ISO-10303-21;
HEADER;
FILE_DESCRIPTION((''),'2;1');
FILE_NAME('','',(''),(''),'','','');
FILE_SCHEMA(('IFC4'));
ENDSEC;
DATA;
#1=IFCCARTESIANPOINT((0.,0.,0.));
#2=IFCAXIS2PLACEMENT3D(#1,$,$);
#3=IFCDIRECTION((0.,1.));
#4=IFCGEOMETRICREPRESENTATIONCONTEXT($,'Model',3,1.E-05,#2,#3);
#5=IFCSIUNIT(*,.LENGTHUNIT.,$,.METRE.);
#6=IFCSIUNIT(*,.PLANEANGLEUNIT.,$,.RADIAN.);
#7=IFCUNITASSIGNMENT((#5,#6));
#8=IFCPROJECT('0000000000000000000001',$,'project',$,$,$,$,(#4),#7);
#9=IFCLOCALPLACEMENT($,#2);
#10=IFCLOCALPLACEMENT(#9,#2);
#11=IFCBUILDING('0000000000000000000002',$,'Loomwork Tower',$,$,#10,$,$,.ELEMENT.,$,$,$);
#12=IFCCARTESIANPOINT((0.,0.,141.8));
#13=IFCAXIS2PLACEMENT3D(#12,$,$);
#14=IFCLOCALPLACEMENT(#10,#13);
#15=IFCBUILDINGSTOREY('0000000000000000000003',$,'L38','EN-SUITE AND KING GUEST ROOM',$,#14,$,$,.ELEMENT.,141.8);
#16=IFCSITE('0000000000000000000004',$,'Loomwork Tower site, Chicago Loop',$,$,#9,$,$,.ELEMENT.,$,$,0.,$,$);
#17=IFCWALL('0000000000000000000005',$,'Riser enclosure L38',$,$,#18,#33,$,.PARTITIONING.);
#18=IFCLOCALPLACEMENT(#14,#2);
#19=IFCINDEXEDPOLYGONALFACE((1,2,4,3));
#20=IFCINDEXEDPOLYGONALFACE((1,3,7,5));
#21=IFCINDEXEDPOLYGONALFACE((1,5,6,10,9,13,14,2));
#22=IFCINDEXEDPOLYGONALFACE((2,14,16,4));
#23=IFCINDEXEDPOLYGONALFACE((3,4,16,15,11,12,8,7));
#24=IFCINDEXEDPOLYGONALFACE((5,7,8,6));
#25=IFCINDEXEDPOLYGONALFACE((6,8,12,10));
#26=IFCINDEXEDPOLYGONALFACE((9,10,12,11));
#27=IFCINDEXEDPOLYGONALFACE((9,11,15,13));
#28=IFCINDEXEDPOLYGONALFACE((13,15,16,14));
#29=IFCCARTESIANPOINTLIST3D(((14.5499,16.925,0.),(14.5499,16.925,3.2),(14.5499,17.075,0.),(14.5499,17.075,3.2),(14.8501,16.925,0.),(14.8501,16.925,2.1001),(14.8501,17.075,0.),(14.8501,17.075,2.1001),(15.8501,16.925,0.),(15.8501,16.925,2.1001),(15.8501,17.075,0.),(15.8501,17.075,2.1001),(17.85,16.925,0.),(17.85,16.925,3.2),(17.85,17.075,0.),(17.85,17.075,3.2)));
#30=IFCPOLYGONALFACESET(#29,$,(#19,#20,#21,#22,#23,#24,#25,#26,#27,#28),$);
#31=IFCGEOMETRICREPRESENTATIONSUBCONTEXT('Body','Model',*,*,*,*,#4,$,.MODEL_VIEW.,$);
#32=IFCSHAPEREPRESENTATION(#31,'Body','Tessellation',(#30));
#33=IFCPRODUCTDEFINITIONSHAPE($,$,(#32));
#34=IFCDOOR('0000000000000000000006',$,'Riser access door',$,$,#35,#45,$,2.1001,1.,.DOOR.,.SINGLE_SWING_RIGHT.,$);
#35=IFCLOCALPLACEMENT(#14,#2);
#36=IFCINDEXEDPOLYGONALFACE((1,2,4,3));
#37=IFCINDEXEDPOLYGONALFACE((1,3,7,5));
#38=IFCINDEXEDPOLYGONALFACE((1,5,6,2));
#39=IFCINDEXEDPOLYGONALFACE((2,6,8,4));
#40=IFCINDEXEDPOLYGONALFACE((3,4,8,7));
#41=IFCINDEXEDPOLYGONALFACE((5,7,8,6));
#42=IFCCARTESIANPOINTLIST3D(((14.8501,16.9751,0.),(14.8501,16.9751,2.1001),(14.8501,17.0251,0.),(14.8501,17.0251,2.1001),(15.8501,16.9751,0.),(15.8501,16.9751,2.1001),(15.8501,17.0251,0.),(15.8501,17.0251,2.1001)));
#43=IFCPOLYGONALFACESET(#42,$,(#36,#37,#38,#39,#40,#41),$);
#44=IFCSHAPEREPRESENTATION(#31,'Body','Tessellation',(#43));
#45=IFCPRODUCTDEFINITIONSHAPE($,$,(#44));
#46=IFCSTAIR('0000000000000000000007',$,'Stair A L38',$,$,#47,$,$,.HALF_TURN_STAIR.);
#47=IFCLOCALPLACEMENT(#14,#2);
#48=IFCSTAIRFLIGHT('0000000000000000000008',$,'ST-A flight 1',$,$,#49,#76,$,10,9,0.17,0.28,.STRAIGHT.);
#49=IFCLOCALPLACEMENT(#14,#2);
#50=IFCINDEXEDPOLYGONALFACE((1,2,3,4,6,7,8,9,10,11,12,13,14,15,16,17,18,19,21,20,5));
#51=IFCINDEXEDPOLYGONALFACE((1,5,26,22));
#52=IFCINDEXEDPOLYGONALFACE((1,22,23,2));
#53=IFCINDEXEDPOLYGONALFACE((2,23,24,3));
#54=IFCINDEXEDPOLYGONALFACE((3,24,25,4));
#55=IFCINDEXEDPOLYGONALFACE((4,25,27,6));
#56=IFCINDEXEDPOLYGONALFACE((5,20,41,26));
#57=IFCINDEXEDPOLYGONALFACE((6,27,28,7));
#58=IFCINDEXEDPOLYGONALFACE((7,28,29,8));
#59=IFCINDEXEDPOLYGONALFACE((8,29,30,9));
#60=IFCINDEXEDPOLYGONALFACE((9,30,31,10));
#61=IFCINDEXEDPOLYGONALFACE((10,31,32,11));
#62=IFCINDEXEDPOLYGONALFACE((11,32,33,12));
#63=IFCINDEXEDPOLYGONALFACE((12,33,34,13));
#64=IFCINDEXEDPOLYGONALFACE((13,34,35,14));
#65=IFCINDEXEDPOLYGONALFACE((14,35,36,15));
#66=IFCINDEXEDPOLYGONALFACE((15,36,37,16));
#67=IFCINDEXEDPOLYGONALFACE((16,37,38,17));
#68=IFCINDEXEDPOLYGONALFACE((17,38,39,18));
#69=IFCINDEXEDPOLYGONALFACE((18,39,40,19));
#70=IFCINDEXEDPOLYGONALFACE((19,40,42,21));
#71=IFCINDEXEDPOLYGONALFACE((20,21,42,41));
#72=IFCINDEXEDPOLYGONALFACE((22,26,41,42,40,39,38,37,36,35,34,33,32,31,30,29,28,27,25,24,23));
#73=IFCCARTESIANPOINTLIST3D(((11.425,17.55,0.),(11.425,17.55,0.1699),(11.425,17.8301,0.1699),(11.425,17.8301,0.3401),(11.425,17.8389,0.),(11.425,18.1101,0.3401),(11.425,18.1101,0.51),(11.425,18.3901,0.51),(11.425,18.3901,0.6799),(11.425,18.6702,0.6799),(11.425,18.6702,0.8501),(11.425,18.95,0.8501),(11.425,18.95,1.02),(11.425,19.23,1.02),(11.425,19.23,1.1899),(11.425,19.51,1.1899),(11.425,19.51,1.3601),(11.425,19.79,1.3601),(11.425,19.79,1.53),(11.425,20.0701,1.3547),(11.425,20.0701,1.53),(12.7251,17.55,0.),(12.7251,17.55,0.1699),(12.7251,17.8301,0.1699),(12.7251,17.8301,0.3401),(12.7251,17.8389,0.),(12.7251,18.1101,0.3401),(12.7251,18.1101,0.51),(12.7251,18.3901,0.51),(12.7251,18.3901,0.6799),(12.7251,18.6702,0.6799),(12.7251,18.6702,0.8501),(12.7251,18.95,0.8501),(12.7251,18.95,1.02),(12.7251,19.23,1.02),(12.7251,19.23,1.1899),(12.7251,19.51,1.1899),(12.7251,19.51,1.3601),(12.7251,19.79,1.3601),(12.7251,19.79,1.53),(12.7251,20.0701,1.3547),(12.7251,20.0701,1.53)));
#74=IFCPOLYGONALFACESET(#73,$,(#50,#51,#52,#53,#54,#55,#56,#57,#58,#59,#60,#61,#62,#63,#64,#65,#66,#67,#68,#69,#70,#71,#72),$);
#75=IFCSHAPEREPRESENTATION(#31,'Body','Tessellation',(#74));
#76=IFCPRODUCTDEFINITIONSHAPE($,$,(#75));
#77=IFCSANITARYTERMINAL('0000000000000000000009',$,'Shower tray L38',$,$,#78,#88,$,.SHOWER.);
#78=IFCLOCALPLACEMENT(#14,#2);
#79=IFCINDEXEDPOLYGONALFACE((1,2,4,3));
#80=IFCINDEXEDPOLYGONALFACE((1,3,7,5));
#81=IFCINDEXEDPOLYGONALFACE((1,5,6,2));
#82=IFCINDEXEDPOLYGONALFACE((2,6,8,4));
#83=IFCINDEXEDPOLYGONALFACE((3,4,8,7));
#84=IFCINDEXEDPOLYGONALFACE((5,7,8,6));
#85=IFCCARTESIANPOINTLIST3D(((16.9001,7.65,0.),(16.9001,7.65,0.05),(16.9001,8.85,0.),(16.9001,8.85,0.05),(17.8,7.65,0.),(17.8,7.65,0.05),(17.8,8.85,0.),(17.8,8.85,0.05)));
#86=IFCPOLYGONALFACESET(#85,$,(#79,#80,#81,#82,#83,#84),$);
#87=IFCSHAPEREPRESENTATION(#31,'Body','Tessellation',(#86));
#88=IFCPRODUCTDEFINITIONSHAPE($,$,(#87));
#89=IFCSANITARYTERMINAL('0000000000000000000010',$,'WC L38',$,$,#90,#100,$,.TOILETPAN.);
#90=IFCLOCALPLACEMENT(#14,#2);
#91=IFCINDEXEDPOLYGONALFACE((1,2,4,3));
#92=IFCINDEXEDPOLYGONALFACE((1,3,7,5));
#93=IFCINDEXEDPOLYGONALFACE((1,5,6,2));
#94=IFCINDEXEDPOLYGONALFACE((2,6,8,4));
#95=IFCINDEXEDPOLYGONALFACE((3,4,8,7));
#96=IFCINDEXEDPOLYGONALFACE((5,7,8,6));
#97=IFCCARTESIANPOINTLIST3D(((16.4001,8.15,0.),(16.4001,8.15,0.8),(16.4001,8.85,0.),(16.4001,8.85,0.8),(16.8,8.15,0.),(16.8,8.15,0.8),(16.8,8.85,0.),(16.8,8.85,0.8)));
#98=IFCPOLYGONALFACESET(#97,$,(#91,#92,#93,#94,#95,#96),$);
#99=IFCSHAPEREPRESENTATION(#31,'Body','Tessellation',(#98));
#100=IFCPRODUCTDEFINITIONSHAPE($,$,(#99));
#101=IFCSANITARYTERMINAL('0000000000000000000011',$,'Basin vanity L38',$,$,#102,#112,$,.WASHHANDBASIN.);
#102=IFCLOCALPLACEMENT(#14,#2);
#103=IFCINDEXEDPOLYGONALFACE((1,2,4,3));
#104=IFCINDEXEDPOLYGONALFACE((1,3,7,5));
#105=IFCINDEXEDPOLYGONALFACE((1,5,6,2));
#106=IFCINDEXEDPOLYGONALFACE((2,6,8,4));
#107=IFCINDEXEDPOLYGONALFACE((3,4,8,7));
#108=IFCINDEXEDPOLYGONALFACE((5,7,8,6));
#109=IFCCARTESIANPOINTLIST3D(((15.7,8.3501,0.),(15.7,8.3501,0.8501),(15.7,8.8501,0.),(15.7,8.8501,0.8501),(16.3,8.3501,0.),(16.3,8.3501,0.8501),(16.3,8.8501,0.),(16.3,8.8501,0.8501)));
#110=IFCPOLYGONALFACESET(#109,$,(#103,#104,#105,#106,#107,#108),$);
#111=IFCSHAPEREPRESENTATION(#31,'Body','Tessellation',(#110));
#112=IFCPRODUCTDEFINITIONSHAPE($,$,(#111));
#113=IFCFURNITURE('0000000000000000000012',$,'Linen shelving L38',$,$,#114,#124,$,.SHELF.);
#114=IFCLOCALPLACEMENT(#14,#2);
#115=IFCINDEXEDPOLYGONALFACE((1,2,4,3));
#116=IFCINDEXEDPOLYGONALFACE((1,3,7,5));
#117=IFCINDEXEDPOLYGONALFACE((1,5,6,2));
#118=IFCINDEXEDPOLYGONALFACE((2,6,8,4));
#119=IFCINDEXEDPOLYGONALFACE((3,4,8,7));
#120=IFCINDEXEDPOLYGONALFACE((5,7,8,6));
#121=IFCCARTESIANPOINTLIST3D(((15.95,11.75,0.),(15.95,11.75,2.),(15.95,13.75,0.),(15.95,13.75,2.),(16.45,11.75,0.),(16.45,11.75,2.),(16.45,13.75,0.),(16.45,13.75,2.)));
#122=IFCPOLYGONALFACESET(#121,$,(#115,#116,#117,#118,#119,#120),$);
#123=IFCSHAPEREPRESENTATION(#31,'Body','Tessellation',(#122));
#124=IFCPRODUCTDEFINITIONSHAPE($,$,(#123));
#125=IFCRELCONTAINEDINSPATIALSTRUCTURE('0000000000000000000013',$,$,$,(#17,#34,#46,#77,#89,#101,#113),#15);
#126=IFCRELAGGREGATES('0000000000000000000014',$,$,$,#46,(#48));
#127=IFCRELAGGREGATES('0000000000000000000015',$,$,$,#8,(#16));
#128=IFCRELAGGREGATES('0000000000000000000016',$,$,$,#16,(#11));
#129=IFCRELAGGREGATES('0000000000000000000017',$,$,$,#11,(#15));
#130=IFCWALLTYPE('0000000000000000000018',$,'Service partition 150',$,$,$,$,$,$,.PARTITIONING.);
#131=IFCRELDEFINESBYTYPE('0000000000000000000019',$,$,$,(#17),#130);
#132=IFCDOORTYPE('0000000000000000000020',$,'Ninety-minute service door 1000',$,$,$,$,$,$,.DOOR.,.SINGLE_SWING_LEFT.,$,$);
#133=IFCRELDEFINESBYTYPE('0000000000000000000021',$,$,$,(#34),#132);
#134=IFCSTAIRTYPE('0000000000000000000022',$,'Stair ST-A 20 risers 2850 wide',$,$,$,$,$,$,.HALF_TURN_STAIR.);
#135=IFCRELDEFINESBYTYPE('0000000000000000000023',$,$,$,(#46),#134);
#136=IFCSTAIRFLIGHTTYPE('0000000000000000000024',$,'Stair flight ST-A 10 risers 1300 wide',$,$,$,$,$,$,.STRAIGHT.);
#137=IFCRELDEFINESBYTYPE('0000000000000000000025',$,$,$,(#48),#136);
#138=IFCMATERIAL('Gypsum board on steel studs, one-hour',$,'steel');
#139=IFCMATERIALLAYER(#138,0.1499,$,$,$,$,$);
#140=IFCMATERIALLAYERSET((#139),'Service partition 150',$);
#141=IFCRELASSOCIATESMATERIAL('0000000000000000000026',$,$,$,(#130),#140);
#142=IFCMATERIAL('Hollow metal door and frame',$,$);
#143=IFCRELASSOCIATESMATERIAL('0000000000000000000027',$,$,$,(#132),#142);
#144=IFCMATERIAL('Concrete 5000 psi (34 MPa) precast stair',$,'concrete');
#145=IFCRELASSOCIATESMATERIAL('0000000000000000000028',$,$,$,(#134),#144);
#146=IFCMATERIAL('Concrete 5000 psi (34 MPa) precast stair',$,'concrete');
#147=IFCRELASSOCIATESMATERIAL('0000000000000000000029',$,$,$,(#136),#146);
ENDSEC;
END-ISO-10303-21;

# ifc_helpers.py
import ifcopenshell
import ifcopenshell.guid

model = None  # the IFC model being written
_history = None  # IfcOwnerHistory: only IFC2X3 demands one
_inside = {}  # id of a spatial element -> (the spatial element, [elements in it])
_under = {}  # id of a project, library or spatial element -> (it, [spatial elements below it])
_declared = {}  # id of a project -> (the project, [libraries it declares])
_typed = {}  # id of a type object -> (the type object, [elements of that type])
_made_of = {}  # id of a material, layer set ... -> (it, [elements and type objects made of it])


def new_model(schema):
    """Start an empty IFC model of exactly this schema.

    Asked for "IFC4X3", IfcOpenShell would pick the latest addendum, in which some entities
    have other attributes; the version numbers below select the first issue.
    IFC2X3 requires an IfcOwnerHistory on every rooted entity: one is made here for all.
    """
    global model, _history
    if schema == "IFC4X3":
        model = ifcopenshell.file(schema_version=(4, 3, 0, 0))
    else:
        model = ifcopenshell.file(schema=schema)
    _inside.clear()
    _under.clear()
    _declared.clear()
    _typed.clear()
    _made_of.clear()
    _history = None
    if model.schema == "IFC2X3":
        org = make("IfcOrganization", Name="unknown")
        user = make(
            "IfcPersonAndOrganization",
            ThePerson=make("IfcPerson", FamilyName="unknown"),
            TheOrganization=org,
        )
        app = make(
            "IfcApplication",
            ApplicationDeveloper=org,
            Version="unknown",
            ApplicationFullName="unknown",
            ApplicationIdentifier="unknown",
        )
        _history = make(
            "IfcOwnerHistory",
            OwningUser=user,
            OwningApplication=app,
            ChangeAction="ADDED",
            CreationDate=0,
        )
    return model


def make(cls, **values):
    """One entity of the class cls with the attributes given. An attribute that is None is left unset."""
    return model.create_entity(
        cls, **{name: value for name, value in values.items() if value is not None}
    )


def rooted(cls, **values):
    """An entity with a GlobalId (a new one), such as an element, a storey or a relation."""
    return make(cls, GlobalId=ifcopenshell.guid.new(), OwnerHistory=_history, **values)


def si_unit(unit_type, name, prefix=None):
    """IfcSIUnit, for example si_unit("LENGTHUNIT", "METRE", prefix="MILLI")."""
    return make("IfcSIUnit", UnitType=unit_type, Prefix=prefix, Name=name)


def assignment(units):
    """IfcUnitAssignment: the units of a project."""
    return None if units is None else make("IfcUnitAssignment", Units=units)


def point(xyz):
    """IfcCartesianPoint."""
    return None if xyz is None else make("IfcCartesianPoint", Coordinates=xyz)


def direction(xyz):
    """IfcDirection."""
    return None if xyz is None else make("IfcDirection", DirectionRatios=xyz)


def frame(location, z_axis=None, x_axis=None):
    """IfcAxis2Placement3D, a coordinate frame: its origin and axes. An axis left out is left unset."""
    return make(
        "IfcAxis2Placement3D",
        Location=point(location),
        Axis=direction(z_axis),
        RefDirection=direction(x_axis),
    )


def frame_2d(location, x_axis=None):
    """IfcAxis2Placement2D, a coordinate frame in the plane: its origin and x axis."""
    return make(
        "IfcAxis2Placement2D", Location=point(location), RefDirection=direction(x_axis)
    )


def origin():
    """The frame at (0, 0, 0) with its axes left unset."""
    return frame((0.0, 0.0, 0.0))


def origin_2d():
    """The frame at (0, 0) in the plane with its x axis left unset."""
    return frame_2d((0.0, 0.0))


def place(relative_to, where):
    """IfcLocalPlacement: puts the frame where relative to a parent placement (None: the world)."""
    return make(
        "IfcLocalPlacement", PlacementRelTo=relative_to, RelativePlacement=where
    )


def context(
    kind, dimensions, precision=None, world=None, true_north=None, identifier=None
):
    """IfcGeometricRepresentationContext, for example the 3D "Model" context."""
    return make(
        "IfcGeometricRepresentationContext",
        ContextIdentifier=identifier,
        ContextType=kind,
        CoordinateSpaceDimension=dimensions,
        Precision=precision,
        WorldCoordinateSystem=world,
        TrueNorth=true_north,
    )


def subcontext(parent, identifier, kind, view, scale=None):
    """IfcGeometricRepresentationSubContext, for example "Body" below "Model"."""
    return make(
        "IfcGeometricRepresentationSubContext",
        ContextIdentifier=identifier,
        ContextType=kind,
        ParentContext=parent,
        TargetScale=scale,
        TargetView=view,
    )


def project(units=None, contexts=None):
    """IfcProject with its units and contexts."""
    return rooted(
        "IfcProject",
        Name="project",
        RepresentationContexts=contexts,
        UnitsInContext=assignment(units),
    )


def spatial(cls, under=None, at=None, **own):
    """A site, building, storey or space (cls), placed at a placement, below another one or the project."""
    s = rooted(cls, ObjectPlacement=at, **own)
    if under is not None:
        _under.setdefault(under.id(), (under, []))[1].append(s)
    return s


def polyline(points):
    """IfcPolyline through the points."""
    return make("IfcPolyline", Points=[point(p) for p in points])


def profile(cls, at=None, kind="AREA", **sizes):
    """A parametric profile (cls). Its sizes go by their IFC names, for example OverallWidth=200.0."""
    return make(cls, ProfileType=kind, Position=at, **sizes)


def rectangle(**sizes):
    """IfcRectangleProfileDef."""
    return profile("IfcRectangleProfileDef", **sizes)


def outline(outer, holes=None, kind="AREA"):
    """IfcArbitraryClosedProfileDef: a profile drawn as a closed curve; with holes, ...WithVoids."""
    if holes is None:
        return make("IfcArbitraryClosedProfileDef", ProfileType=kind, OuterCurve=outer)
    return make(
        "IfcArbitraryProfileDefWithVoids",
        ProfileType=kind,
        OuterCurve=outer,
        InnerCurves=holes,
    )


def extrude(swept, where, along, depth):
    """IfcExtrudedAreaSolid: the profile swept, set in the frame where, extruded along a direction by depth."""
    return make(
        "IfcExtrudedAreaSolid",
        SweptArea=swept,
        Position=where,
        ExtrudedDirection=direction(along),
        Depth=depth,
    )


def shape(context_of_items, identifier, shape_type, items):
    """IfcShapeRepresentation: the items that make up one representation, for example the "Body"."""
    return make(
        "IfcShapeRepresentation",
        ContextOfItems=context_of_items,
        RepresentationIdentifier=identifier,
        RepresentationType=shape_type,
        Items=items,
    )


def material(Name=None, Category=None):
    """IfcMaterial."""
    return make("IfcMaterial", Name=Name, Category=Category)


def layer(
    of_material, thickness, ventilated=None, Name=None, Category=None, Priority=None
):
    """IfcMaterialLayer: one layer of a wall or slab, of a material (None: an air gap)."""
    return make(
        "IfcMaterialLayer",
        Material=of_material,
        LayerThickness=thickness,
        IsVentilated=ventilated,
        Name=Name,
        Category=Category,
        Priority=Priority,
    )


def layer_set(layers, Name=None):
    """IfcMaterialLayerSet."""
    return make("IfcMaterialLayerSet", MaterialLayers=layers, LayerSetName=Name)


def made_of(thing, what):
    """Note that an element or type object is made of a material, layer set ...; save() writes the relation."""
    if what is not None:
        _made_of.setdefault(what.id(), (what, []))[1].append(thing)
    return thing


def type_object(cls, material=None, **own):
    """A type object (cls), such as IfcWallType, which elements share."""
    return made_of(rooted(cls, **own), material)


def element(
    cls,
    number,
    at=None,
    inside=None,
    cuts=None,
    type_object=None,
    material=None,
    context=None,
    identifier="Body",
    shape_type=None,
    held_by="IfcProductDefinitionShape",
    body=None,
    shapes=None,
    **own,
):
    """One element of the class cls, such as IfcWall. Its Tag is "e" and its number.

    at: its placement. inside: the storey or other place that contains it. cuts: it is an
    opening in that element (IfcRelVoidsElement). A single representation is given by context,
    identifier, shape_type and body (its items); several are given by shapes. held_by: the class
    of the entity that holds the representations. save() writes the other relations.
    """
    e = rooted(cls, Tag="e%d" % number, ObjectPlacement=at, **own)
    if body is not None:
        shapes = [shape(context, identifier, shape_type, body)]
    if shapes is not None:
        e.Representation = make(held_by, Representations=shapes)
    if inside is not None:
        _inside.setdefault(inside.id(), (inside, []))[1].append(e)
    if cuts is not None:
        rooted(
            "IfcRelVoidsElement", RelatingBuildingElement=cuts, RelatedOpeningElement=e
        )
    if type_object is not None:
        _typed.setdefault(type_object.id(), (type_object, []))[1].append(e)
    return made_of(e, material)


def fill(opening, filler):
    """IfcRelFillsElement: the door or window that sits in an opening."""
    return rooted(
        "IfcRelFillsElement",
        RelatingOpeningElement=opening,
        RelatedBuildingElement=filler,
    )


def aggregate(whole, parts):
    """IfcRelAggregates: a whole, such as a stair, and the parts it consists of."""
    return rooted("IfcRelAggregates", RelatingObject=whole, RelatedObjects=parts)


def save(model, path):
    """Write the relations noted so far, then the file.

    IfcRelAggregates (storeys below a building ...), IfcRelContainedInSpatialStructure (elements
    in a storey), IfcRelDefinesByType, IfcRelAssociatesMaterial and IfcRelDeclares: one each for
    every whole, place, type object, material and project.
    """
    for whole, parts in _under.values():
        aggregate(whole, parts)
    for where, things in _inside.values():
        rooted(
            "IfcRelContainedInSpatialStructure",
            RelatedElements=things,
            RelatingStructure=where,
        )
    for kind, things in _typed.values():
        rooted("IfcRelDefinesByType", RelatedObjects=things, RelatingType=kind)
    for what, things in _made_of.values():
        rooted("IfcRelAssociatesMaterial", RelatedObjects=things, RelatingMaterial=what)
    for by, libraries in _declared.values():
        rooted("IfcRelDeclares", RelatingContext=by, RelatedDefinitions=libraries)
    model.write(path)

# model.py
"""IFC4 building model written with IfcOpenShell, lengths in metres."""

from ifc_helpers import new_model, si_unit, direction, frame, frame_2d, origin, origin_2d, place, context, subcontext, project, spatial, polyline, rectangle, outline, extrude, material, layer, layer_set, type_object, element, fill, aggregate, save


model = new_model("IFC4")

# Units and contexts
model_context = context("Model", 3, precision=1e-05, world=origin(), true_north=direction((0.0, 1.0)))
body_context = subcontext(model_context, "Body", "Model", "MODEL_VIEW")
ifc_project = project(units=[si_unit("LENGTHUNIT", "METRE"), si_unit("PLANEANGLEUNIT", "RADIAN")], contexts=[model_context])

# Site, building, storey
site_placement = place(None, origin())
site = spatial("IfcSite", under=ifc_project, at=site_placement, Name="Loomwork Tower site, Chicago Loop", CompositionType="ELEMENT", RefElevation=0.0)
building_placement = place(site_placement, origin())
building = spatial("IfcBuilding", under=site, at=building_placement, Name="Loomwork Tower", CompositionType="ELEMENT")
storey_placement = place(building_placement, frame((0.0, 0.0, 141.8)))
storey = spatial("IfcBuildingStorey", under=building, at=storey_placement, Name="L38", Description="EN-SUITE AND KING GUEST ROOM", CompositionType="ELEMENT", Elevation=141.8)

# Wall, opening, door
ifc_material_1 = material(Name="Gypsum board on steel studs, one-hour", Category="steel")
ifc_layer_1 = layer(ifc_material_1, 0.1499)
ifc_layer_set_1 = layer_set([ifc_layer_1], Name="Service partition 150")
wall_type_1 = type_object("IfcWallType", Name="Service partition 150", PredefinedType="PARTITIONING", material=ifc_layer_set_1)
wall_1_placement = place(storey_placement, frame((14.55, 17.0, 0.0), z_axis=(0.0, 0.0, 1.0), x_axis=(1.0, 0.0, 0.0)))
wall_1 = element("IfcWall", 1, at=wall_1_placement, inside=storey, type_object=wall_type_1, Name="Riser enclosure L38", PredefinedType="PARTITIONING", context=body_context, shape_type="SweptSolid", body=[
    extrude(rectangle(XDim=3.3, YDim=0.1499, at=frame_2d((1.6499, 0.0))), origin(), (0.0, 0.0, 1.0), 3.2),
])
opening_1_placement = place(wall_1_placement, frame((0.3, 0.0, 0.0)))
opening_1 = element("IfcOpeningElement", 2, at=opening_1_placement, cuts=wall_1, PredefinedType="OPENING", context=body_context, shape_type="SweptSolid", body=[
    extrude(rectangle(XDim=1.0, YDim=2.1001, at=frame_2d((0.5, 1.05))), frame((0.0, 0.085, 0.0), z_axis=(0.0, -1.0, 0.0), x_axis=(1.0, 0.0, 0.0)), (0.0, 0.0, 1.0), 0.1699),
])
ifc_material_2 = material(Name="Hollow metal door and frame")
door_type_1 = type_object("IfcDoorType", Name="Ninety-minute service door 1000", OperationType="SINGLE_SWING_LEFT", PredefinedType="DOOR", material=ifc_material_2)
door_1_placement = place(opening_1_placement, frame((1.0, 0.0, 0.0), z_axis=(0.0, 0.0, 1.0), x_axis=(-1.0, 0.0, 0.0)))
door_1 = element("IfcDoor", 3, at=door_1_placement, inside=storey, type_object=door_type_1, Name="Riser access door", OperationType="SINGLE_SWING_RIGHT", OverallHeight=2.1001, OverallWidth=1.0, PredefinedType="DOOR", context=body_context, shape_type="SweptSolid", body=[
    extrude(rectangle(XDim=1.0, YDim=2.1001, at=frame_2d((0.5, 1.05))), frame((0.0, 0.0249, 0.0), z_axis=(0.0, -1.0, 0.0), x_axis=(1.0, 0.0, 0.0)), (0.0, 0.0, 1.0), 0.05),
])
fill(opening_1, door_1)

# Stair, stair flight
ifc_material_3 = material(Name="Concrete 5000 psi (34 MPa) precast stair", Category="concrete")
stair_type = type_object("IfcStairType", Name="Stair ST-A 20 risers 2850 wide", PredefinedType="HALF_TURN_STAIR", material=ifc_material_3)
stair_placement = place(storey_placement, origin())
stair = element("IfcStair", 4, at=stair_placement, inside=storey, type_object=stair_type, Name="Stair A L38", PredefinedType="HALF_TURN_STAIR")
ifc_material_4 = material(Name="Concrete 5000 psi (34 MPa) precast stair", Category="concrete")
stair_flight_type = type_object("IfcStairFlightType", Name="Stair flight ST-A 10 risers 1300 wide", PredefinedType="STRAIGHT", material=ifc_material_4)
stair_flight_placement = place(storey_placement, frame((12.075, 17.55, 0.0), z_axis=(0.0, 0.0, 1.0), x_axis=(0.0, 1.0, 0.0)))
stair_flight = element("IfcStairFlight", 5, at=stair_flight_placement, type_object=stair_flight_type, Name="ST-A flight 1", NumberOfRisers=10, NumberOfTreads=9, PredefinedType="STRAIGHT", RiserHeight=0.17, TreadLength=0.28, context=body_context, shape_type="SweptSolid", body=[
    extrude(outline(polyline([(0.0, 0.0), (0.0, 0.1699), (0.28, 0.1699), (0.28, 0.3401), (0.5601, 0.3401), (0.5601, 0.51), (0.8401, 0.51), (0.8401, 0.6799), (1.1201, 0.6799), (1.1201, 0.8501), (1.3999, 0.8501), (1.3999, 1.02), (1.6799, 1.02), (1.6799, 1.1899), (1.96, 1.1899), (1.96, 1.3601), (2.24, 1.3601), (2.24, 1.53), (2.52, 1.53), (2.52, 1.7), (2.52, 1.3547), (0.2888, 0.0), (0.0, 0.0)])), frame((0.0, 0.6499, 0.0), z_axis=(0.0, -1.0, 0.0), x_axis=(1.0, 0.0, 0.0)), (0.0, 0.0, 1.0), 1.3),
])
aggregate(stair, [stair_flight])

# Sanitary terminals
sanitary_terminal_1_placement = place(storey_placement, frame((17.3501, 8.25, 0.0), z_axis=(0.0, 0.0, 1.0), x_axis=(1.0, 0.0, 0.0)))
element("IfcSanitaryTerminal", 6, at=sanitary_terminal_1_placement, inside=storey, Name="Shower tray L38", PredefinedType="SHOWER", context=body_context, shape_type="SweptSolid", body=[
    extrude(rectangle(XDim=0.8999, YDim=1.2, at=origin_2d()), origin(), (0.0, 0.0, 1.0), 0.05),
])
sanitary_terminal_2_placement = place(storey_placement, frame((16.6001, 8.5, 0.0), z_axis=(0.0, 0.0, 1.0), x_axis=(1.0, 0.0, 0.0)))
element("IfcSanitaryTerminal", 7, at=sanitary_terminal_2_placement, inside=storey, Name="WC L38", PredefinedType="TOILETPAN", context=body_context, shape_type="SweptSolid", body=[
    extrude(rectangle(XDim=0.3999, YDim=0.7, at=origin_2d()), origin(), (0.0, 0.0, 1.0), 0.8),
])
sanitary_terminal_3_placement = place(storey_placement, frame((16.0, 8.6001, 0.0), z_axis=(0.0, 0.0, 1.0), x_axis=(1.0, 0.0, 0.0)))
element("IfcSanitaryTerminal", 8, at=sanitary_terminal_3_placement, inside=storey, Name="Basin vanity L38", PredefinedType="WASHHANDBASIN", context=body_context, shape_type="SweptSolid", body=[
    extrude(rectangle(XDim=0.6001, YDim=0.5, at=origin_2d()), origin(), (0.0, 0.0, 1.0), 0.8501),
])

# Furniture
furniture_placement = place(storey_placement, frame((16.2, 12.75, 0.0), z_axis=(0.0, 0.0, 1.0), x_axis=(1.0, 0.0, 0.0)))
element("IfcFurniture", 9, at=furniture_placement, inside=storey, Name="Linen shelving L38", PredefinedType="SHELF", context=body_context, shape_type="SweptSolid", body=[
    extrude(rectangle(XDim=0.5, YDim=2.0, at=origin_2d()), origin(), (0.0, 0.0, 1.0), 2.0),
])

save(model, "model.ifc")
